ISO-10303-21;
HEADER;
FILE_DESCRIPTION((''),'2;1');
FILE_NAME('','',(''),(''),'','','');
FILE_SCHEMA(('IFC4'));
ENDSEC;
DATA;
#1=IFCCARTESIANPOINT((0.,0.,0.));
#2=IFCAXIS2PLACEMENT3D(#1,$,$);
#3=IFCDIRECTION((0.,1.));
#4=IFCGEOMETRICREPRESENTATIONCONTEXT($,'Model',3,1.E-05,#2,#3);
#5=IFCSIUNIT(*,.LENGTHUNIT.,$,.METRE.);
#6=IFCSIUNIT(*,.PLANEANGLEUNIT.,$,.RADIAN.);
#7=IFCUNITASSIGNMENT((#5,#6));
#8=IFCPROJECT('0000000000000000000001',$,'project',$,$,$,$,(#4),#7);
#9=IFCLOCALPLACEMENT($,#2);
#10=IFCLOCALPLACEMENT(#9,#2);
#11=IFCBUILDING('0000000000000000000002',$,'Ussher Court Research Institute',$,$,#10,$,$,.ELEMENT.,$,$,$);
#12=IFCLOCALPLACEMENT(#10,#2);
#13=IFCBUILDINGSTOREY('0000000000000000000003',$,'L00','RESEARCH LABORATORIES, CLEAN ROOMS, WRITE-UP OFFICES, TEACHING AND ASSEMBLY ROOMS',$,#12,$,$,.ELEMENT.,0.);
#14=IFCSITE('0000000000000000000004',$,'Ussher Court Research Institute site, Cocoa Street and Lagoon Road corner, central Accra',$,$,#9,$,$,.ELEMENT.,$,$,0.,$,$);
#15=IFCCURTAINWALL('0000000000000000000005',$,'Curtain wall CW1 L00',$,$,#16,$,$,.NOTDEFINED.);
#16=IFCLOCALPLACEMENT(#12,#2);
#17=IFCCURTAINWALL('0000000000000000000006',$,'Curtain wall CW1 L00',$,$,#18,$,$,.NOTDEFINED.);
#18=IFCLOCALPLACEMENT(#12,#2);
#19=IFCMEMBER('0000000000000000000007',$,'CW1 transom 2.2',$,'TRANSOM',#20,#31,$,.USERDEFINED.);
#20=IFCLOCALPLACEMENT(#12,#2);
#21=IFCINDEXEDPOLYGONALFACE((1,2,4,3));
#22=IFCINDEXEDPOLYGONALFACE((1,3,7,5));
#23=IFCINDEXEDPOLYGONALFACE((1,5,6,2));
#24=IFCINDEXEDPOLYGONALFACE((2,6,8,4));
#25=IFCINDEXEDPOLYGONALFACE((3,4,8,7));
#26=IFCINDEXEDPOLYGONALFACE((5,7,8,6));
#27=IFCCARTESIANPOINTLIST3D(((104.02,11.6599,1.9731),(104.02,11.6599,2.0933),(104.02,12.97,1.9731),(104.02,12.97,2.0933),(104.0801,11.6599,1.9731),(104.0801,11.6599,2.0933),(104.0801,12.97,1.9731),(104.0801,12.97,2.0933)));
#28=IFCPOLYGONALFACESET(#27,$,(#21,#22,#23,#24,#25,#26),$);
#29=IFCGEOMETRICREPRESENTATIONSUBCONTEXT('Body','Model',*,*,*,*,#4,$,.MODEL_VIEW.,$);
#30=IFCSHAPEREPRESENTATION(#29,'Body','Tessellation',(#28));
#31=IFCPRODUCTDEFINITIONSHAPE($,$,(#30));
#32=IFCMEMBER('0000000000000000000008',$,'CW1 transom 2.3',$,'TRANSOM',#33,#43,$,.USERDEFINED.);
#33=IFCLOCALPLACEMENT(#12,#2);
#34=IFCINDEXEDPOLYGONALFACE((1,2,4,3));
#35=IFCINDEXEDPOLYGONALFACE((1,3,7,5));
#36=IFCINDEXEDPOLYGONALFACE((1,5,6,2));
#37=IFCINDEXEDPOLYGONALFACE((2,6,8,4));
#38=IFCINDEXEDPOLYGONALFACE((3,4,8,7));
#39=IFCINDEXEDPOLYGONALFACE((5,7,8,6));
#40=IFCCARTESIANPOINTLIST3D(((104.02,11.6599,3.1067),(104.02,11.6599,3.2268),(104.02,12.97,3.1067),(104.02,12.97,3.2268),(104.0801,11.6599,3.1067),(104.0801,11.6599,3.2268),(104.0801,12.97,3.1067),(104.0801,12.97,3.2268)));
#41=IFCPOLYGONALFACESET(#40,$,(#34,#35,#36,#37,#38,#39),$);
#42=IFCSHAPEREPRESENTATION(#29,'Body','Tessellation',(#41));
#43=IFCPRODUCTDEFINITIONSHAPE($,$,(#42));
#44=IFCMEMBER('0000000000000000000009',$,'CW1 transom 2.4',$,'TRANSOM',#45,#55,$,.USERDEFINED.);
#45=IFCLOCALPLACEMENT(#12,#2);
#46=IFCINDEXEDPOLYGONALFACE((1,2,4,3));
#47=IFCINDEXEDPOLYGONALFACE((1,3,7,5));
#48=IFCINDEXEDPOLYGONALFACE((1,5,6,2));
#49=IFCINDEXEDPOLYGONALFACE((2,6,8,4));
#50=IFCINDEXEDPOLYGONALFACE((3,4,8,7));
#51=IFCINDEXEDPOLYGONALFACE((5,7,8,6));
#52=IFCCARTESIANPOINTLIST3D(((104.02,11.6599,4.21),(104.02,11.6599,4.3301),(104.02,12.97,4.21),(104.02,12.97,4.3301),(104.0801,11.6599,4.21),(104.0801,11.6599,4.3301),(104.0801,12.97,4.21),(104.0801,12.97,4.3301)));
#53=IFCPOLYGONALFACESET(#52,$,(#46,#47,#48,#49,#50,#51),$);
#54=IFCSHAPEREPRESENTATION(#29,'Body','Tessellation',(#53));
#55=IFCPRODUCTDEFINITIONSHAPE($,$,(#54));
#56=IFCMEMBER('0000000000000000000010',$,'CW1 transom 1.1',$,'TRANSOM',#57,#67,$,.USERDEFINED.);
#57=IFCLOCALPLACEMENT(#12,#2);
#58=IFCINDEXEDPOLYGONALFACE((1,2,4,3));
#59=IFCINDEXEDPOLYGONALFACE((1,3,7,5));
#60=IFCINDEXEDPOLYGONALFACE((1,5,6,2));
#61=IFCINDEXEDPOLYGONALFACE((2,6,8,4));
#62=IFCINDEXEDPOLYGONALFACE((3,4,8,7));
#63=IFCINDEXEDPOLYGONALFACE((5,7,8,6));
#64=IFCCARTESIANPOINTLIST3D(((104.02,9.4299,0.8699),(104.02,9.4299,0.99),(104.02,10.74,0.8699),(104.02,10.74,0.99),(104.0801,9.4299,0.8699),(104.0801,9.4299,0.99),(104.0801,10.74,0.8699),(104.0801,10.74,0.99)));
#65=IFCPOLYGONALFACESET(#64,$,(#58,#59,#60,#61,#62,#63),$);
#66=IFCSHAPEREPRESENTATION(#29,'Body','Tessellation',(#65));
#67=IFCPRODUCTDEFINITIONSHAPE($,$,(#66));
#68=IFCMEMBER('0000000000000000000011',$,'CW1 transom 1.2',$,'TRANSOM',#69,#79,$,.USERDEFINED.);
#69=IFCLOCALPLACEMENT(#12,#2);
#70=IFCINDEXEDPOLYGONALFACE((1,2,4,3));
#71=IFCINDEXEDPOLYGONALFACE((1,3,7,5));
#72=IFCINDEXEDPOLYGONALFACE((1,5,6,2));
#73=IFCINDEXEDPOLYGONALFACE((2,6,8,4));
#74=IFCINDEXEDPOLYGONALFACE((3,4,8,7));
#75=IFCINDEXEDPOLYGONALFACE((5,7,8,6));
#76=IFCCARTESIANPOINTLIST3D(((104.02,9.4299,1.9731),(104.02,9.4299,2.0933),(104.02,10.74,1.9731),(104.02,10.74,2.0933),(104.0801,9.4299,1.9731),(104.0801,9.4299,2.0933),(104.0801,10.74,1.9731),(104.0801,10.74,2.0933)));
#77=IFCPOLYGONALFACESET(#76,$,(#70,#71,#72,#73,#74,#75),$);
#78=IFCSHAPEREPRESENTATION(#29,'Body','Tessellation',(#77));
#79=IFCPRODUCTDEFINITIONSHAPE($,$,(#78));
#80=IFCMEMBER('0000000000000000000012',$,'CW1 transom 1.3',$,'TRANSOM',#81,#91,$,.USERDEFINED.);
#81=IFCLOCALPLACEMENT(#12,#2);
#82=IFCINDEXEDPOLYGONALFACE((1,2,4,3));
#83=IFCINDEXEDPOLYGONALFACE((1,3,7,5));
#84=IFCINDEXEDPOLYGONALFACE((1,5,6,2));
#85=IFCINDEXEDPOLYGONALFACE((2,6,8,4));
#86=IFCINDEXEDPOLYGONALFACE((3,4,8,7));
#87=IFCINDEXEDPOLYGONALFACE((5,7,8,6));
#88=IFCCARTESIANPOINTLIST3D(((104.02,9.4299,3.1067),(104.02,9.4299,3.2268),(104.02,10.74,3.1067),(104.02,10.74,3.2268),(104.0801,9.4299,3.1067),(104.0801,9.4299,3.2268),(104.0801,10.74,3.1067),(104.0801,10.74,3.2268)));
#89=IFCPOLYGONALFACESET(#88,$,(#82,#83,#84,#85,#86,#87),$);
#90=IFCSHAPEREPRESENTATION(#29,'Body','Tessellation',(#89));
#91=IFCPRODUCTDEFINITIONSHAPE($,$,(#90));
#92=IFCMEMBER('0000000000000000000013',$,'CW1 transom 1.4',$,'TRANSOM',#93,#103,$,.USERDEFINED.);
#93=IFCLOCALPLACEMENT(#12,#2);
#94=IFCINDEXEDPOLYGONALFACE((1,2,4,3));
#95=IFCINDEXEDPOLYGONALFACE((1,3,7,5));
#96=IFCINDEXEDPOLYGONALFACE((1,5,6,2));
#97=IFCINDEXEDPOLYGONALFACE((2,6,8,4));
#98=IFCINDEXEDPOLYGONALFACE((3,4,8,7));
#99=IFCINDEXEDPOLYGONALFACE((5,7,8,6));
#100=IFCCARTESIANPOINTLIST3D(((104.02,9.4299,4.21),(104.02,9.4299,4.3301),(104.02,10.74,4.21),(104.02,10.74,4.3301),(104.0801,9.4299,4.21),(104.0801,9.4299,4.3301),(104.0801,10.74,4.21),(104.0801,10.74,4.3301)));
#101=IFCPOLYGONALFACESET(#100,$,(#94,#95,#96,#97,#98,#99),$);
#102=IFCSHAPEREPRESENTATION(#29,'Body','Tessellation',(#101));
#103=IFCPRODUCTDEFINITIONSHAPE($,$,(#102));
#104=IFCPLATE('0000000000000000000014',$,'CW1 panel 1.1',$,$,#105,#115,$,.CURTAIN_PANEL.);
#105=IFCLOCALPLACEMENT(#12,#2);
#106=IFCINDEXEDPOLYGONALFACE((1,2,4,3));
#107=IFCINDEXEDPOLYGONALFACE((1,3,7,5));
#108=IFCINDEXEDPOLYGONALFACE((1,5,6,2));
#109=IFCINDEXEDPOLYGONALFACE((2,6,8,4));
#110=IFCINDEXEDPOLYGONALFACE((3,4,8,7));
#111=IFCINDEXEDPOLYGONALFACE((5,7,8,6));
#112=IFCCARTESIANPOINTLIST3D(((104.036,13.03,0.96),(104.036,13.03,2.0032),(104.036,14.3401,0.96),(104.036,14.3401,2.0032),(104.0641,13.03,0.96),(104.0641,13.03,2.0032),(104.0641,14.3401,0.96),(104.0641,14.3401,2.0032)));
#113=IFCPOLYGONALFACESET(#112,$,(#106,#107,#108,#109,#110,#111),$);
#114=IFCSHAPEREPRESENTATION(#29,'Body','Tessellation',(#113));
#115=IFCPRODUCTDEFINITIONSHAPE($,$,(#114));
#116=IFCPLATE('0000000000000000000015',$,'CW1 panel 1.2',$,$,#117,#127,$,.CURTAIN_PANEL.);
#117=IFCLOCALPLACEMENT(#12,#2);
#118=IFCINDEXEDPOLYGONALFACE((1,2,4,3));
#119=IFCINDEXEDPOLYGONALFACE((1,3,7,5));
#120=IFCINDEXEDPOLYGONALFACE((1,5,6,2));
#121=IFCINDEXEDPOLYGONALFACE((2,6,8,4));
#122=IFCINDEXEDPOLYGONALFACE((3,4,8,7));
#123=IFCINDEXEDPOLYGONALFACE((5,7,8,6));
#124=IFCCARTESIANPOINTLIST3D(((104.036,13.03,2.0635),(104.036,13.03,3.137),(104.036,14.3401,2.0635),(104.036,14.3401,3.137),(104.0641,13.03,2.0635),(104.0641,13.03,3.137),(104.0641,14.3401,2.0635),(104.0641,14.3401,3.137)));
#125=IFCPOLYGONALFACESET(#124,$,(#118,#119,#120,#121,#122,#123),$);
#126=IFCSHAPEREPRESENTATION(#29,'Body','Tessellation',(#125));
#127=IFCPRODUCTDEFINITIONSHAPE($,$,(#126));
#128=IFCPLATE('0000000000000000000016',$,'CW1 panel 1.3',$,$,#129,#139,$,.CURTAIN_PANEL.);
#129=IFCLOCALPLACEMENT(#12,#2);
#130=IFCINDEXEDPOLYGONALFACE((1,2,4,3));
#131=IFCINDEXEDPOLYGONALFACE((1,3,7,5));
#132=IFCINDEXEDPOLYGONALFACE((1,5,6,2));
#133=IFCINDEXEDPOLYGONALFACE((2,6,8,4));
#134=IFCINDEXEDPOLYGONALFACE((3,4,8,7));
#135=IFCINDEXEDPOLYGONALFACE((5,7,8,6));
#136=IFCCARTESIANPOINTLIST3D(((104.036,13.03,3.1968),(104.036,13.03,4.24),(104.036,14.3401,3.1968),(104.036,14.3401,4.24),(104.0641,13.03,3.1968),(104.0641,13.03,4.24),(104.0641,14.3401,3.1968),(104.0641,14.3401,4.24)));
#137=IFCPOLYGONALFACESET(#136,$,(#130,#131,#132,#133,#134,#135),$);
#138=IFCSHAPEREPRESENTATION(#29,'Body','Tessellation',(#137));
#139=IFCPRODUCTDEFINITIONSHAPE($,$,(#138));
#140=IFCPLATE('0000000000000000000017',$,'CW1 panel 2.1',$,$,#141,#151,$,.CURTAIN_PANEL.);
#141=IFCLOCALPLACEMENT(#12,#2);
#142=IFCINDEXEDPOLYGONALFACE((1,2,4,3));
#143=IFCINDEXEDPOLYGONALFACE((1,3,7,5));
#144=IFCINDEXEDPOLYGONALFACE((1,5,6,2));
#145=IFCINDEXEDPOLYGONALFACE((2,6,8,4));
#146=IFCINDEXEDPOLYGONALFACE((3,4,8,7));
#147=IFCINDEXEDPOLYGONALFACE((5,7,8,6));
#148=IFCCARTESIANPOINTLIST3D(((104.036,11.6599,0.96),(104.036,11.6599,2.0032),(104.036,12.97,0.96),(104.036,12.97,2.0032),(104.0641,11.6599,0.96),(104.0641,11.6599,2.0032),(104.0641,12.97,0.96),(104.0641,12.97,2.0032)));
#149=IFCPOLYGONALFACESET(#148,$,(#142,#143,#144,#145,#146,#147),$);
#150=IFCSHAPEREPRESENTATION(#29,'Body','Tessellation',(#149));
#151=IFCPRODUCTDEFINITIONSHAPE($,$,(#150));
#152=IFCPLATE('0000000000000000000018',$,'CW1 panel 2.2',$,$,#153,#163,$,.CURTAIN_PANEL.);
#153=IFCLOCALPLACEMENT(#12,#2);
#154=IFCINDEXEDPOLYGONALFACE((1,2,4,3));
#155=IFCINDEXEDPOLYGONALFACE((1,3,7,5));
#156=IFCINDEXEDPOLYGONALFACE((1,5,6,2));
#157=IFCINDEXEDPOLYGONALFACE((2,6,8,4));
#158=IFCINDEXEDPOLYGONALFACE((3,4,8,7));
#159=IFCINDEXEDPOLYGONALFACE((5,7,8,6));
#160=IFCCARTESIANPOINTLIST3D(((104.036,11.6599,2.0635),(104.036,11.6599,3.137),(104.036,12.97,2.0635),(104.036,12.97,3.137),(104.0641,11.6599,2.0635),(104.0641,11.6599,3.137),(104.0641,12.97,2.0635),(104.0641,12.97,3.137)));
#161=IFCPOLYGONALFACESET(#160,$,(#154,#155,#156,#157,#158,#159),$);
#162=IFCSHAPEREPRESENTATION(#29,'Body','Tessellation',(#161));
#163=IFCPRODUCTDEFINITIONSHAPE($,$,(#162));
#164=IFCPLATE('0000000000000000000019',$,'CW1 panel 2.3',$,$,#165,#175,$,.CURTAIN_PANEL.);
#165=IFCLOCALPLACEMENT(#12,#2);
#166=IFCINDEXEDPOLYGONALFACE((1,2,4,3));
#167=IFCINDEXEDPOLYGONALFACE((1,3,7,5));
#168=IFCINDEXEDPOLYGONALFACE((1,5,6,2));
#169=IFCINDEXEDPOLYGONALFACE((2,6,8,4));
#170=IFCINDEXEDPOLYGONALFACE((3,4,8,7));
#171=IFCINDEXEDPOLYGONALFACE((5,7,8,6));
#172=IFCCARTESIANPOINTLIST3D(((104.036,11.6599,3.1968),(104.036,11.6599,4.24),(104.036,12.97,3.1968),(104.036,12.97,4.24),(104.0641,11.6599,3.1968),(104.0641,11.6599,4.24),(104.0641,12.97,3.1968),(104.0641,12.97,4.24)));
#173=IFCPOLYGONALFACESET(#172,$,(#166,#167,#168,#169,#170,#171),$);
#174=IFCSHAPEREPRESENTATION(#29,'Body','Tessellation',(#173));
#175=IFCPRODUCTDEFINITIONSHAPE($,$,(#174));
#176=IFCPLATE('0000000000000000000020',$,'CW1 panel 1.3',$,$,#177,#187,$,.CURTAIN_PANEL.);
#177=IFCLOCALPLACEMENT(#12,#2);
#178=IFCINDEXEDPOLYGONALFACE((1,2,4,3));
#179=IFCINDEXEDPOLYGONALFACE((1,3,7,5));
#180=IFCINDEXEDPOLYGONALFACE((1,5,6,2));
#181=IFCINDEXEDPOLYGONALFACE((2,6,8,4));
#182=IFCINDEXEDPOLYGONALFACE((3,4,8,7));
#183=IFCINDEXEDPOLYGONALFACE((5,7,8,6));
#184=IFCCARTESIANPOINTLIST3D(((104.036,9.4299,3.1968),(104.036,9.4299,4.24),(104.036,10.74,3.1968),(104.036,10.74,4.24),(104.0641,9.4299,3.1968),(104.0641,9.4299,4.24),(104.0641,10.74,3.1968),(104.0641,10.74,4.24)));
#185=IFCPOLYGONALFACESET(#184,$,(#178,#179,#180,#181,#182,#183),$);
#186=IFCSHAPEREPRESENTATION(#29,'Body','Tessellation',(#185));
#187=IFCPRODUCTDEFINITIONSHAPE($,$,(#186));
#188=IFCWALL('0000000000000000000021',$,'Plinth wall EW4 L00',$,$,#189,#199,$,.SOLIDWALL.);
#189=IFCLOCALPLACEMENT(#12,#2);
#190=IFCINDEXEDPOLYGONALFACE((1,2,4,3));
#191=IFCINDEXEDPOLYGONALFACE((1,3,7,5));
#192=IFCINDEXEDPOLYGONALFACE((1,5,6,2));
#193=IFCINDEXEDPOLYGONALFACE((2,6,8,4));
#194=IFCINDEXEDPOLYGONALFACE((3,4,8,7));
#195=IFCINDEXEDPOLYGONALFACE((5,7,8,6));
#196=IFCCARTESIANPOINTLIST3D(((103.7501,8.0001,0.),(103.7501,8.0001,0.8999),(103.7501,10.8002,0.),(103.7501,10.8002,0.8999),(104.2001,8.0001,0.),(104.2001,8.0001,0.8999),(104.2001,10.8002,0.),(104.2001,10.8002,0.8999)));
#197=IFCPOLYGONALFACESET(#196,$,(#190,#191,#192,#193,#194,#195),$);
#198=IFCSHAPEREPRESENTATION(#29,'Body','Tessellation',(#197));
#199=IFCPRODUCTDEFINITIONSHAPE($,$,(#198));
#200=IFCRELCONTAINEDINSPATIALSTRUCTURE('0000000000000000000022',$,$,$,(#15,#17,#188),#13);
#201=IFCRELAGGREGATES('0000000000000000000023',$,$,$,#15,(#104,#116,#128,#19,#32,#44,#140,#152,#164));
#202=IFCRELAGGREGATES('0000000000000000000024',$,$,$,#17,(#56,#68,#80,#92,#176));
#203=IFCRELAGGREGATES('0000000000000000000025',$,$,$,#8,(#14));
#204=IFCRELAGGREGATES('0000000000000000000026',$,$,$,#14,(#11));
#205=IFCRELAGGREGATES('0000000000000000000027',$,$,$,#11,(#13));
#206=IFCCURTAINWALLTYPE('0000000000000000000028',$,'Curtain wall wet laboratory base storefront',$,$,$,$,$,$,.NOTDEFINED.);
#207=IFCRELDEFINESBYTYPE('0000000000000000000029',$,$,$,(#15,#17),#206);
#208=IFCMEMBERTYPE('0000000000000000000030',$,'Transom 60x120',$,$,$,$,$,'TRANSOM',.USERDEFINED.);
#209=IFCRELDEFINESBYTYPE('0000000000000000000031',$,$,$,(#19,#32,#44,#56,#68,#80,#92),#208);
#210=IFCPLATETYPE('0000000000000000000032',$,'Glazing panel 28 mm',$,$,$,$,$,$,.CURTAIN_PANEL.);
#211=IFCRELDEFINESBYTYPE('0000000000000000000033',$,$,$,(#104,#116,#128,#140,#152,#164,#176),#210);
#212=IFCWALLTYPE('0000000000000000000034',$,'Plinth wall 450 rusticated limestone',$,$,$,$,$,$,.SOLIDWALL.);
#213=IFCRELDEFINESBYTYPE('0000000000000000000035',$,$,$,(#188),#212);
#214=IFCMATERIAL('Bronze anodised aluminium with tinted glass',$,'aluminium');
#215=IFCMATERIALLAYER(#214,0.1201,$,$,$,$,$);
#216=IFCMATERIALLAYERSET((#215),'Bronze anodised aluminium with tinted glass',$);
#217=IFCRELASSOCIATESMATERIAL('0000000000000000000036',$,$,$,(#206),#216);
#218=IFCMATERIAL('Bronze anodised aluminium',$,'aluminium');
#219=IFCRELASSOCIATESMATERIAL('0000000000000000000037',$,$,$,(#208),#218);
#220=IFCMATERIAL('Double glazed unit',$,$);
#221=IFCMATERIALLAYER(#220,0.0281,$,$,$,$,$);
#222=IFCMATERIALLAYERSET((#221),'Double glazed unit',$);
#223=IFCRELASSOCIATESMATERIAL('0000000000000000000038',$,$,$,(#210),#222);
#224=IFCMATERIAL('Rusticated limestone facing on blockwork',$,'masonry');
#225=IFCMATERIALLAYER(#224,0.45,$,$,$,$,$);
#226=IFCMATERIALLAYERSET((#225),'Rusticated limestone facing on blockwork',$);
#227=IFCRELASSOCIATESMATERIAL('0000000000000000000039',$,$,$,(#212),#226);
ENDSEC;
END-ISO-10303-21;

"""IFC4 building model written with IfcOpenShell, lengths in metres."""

from ifc_helpers import new_model, si_unit, direction, frame, frame_2d, origin, origin_2d, place, context, subcontext, project, spatial, rectangle, extrude, material, layer, layer_set, material_profile, profile_set, type_object, element, aggregate, save


model = new_model("IFC4")

# Units and contexts
model_context = context("Model", 3, precision=1e-05, world=origin(), true_north=direction((0.0, 1.0)))
body_context = subcontext(model_context, "Body", "Model", "MODEL_VIEW")
ifc_project = project(units=[si_unit("LENGTHUNIT", "METRE"), si_unit("PLANEANGLEUNIT", "RADIAN")], contexts=[model_context])

# Site, building, storey
site_placement = place(None, origin())
site = spatial("IfcSite", under=ifc_project, at=site_placement, Name="Ussher Court Research Institute site, Cocoa Street and Lagoon Road corner, central Accra", CompositionType="ELEMENT", RefElevation=0.0)
building_placement = place(site_placement, origin())
building = spatial("IfcBuilding", under=site, at=building_placement, Name="Ussher Court Research Institute", CompositionType="ELEMENT")
storey_placement = place(building_placement, origin())
storey = spatial("IfcBuildingStorey", under=building, at=storey_placement, Name="L00", Description="RESEARCH LABORATORIES, CLEAN ROOMS, WRITE-UP OFFICES, TEACHING AND ASSEMBLY ROOMS", CompositionType="ELEMENT", Elevation=0.0)

# Curtain wall
ifc_material_1 = material(Name="Bronze anodised aluminium with tinted glass", Category="aluminium")
ifc_layer_1 = layer(ifc_material_1, 0.1201)
ifc_layer_set_1 = layer_set([ifc_layer_1], Name="Bronze anodised aluminium with tinted glass")
curtain_wall_type = type_object("IfcCurtainWallType", Name="Curtain wall wet laboratory base storefront", PredefinedType="NOTDEFINED", material=ifc_layer_set_1)
curtain_wall_1_placement = place(storey_placement, origin())
curtain_wall_1 = element("IfcCurtainWall", 1, at=curtain_wall_1_placement, inside=storey, type_object=curtain_wall_type, Name="Curtain wall CW1 L00", PredefinedType="NOTDEFINED")

# Curtain wall
curtain_wall_2_placement = place(storey_placement, origin())
curtain_wall_2 = element("IfcCurtainWall", 2, at=curtain_wall_2_placement, inside=storey, type_object=curtain_wall_type, Name="Curtain wall CW1 L00", PredefinedType="NOTDEFINED")

# Members
ifc_material_2 = material(Name="Bronze anodised aluminium", Category="aluminium")
ifc_material_profile_1 = material_profile(ifc_material_2, rectangle(XDim=0.0601, YDim=0.1201, at=origin_2d()), Name="Transom 60x120")
ifc_profile_set_1 = profile_set([ifc_material_profile_1], Name="Bronze anodised aluminium")
member_type_1 = type_object("IfcMemberType", Name="Transom 60x120", ElementType="TRANSOM", PredefinedType="USERDEFINED", material=ifc_profile_set_1)
member_1_placement = place(storey_placement, frame((104.05, 12.97, 2.0332), z_axis=(0.0, -1.0, 0.0), x_axis=(1.0, 0.0, 0.0)))
member_1 = element("IfcMember", 3, at=member_1_placement, type_object=member_type_1, Name="CW1 transom 2.2", ObjectType="TRANSOM", PredefinedType="USERDEFINED", context=body_context, shape_type="SweptSolid", body=[
    extrude(rectangle(XDim=0.0601, YDim=0.1201, at=origin_2d()), origin(), (0.0, 0.0, 1.0), 1.3101),
])
member_2_placement = place(storey_placement, frame((104.05, 12.97, 3.1667), z_axis=(0.0, -1.0, 0.0), x_axis=(1.0, 0.0, 0.0)))
member_2 = element("IfcMember", 4, at=member_2_placement, type_object=member_type_1, Name="CW1 transom 2.3", ObjectType="TRANSOM", PredefinedType="USERDEFINED", context=body_context, shape_type="SweptSolid", body=[
    extrude(rectangle(XDim=0.0601, YDim=0.1201, at=origin_2d()), origin(), (0.0, 0.0, 1.0), 1.3101),
])
member_3_placement = place(storey_placement, frame((104.05, 12.97, 4.27), z_axis=(0.0, -1.0, 0.0), x_axis=(1.0, 0.0, 0.0)))
member_3 = element("IfcMember", 5, at=member_3_placement, type_object=member_type_1, Name="CW1 transom 2.4", ObjectType="TRANSOM", PredefinedType="USERDEFINED", context=body_context, shape_type="SweptSolid", body=[
    extrude(rectangle(XDim=0.0601, YDim=0.1201, at=origin_2d()), origin(), (0.0, 0.0, 1.0), 1.3101),
])
member_4_placement = place(storey_placement, frame((104.05, 10.74, 0.9299), z_axis=(0.0, -1.0, 0.0), x_axis=(1.0, 0.0, 0.0)))
member_4 = element("IfcMember", 6, at=member_4_placement, type_object=member_type_1, Name="CW1 transom 1.1", ObjectType="TRANSOM", PredefinedType="USERDEFINED", context=body_context, shape_type="SweptSolid", body=[
    extrude(rectangle(XDim=0.0601, YDim=0.1201, at=origin_2d()), origin(), (0.0, 0.0, 1.0), 1.3101),
])
member_5_placement = place(storey_placement, frame((104.05, 10.74, 2.0332), z_axis=(0.0, -1.0, 0.0), x_axis=(1.0, 0.0, 0.0)))
member_5 = element("IfcMember", 7, at=member_5_placement, type_object=member_type_1, Name="CW1 transom 1.2", ObjectType="TRANSOM", PredefinedType="USERDEFINED", context=body_context, shape_type="SweptSolid", body=[
    extrude(rectangle(XDim=0.0601, YDim=0.1201, at=origin_2d()), origin(), (0.0, 0.0, 1.0), 1.3101),
])
member_6_placement = place(storey_placement, frame((104.05, 10.74, 3.1667), z_axis=(0.0, -1.0, 0.0), x_axis=(1.0, 0.0, 0.0)))
member_6 = element("IfcMember", 8, at=member_6_placement, type_object=member_type_1, Name="CW1 transom 1.3", ObjectType="TRANSOM", PredefinedType="USERDEFINED", context=body_context, shape_type="SweptSolid", body=[
    extrude(rectangle(XDim=0.0601, YDim=0.1201, at=origin_2d()), origin(), (0.0, 0.0, 1.0), 1.3101),
])
member_7_placement = place(storey_placement, frame((104.05, 10.74, 4.27), z_axis=(0.0, -1.0, 0.0), x_axis=(1.0, 0.0, 0.0)))
member_7 = element("IfcMember", 9, at=member_7_placement, type_object=member_type_1, Name="CW1 transom 1.4", ObjectType="TRANSOM", PredefinedType="USERDEFINED", context=body_context, shape_type="SweptSolid", body=[
    extrude(rectangle(XDim=0.0601, YDim=0.1201, at=origin_2d()), origin(), (0.0, 0.0, 1.0), 1.3101),
])

# Plates
ifc_material_3 = material(Name="Double glazed unit")
ifc_layer_2 = layer(ifc_material_3, 0.0281)
ifc_layer_set_2 = layer_set([ifc_layer_2], Name="Double glazed unit")
plate_type = type_object("IfcPlateType", Name="Glazing panel 28 mm", PredefinedType="CURTAIN_PANEL", material=ifc_layer_set_2)
plate_1_placement = place(storey_placement, frame((104.05, 13.6851, 0.96), z_axis=(0.0, 0.0, 1.0), x_axis=(0.0, -1.0, 0.0)))
plate_1 = element("IfcPlate", 10, at=plate_1_placement, type_object=plate_type, Name="CW1 panel 1.1", PredefinedType="CURTAIN_PANEL", context=body_context, shape_type="SweptSolid", body=[
    extrude(rectangle(XDim=1.3101, YDim=0.0281, at=origin_2d()), origin(), (0.0, 0.0, 1.0), 1.0432),
])
plate_2_placement = place(storey_placement, frame((104.05, 13.6851, 2.0635), z_axis=(0.0, 0.0, 1.0), x_axis=(0.0, -1.0, 0.0)))
plate_2 = element("IfcPlate", 11, at=plate_2_placement, type_object=plate_type, Name="CW1 panel 1.2", PredefinedType="CURTAIN_PANEL", context=body_context, shape_type="SweptSolid", body=[
    extrude(rectangle(XDim=1.3101, YDim=0.0281, at=origin_2d()), origin(), (0.0, 0.0, 1.0), 1.0735),
])
plate_3_placement = place(storey_placement, frame((104.05, 13.6851, 3.1968), z_axis=(0.0, 0.0, 1.0), x_axis=(0.0, -1.0, 0.0)))
plate_3 = element("IfcPlate", 12, at=plate_3_placement, type_object=plate_type, Name="CW1 panel 1.3", PredefinedType="CURTAIN_PANEL", context=body_context, shape_type="SweptSolid", body=[
    extrude(rectangle(XDim=1.3101, YDim=0.0281, at=origin_2d()), origin(), (0.0, 0.0, 1.0), 1.0432),
])
plate_4_placement = place(storey_placement, frame((104.05, 12.3149, 0.96), z_axis=(0.0, 0.0, 1.0), x_axis=(0.0, -1.0, 0.0)))
plate_4 = element("IfcPlate", 13, at=plate_4_placement, type_object=plate_type, Name="CW1 panel 2.1", PredefinedType="CURTAIN_PANEL", context=body_context, shape_type="SweptSolid", body=[
    extrude(rectangle(XDim=1.3101, YDim=0.0281, at=origin_2d()), origin(), (0.0, 0.0, 1.0), 1.0432),
])
plate_5_placement = place(storey_placement, frame((104.05, 12.3149, 2.0635), z_axis=(0.0, 0.0, 1.0), x_axis=(0.0, -1.0, 0.0)))
plate_5 = element("IfcPlate", 14, at=plate_5_placement, type_object=plate_type, Name="CW1 panel 2.2", PredefinedType="CURTAIN_PANEL", context=body_context, shape_type="SweptSolid", body=[
    extrude(rectangle(XDim=1.3101, YDim=0.0281, at=origin_2d()), origin(), (0.0, 0.0, 1.0), 1.0735),
])
plate_6_placement = place(storey_placement, frame((104.05, 12.3149, 3.1968), z_axis=(0.0, 0.0, 1.0), x_axis=(0.0, -1.0, 0.0)))
plate_6 = element("IfcPlate", 15, at=plate_6_placement, type_object=plate_type, Name="CW1 panel 2.3", PredefinedType="CURTAIN_PANEL", context=body_context, shape_type="SweptSolid", body=[
    extrude(rectangle(XDim=1.3101, YDim=0.0281, at=origin_2d()), origin(), (0.0, 0.0, 1.0), 1.0432),
])
aggregate(curtain_wall_1, [plate_1, plate_2, plate_3, member_1, member_2, member_3, plate_4, plate_5, plate_6])
plate_7_placement = place(storey_placement, frame((104.05, 10.085, 3.1968), z_axis=(0.0, 0.0, 1.0), x_axis=(0.0, -1.0, 0.0)))
plate_7 = element("IfcPlate", 16, at=plate_7_placement, type_object=plate_type, Name="CW1 panel 1.3", PredefinedType="CURTAIN_PANEL", context=body_context, shape_type="SweptSolid", body=[
    extrude(rectangle(XDim=1.3101, YDim=0.0281, at=origin_2d()), origin(), (0.0, 0.0, 1.0), 1.0432),
])
aggregate(curtain_wall_2, [member_4, member_5, member_6, member_7, plate_7])

# Wall
ifc_material_4 = material(Name="Rusticated limestone facing on blockwork", Category="masonry")
ifc_layer_3 = layer(ifc_material_4, 0.45)
ifc_layer_set_3 = layer_set([ifc_layer_3], Name="Rusticated limestone facing on blockwork")
wall_type = type_object("IfcWallType", Name="Plinth wall 450 rusticated limestone", PredefinedType="SOLIDWALL", material=ifc_layer_set_3)
wall_placement = place(storey_placement, frame((103.9751, 10.8, 0.0), z_axis=(0.0, 0.0, 1.0), x_axis=(0.0, -1.0, 0.0)))
element("IfcWall", 17, at=wall_placement, inside=storey, type_object=wall_type, Name="Plinth wall EW4 L00", PredefinedType="SOLIDWALL", context=body_context, shape_type="SweptSolid", body=[
    extrude(rectangle(XDim=2.8, YDim=0.45, at=frame_2d((1.3999, 0.0))), origin(), (0.0, 0.0, 1.0), 0.8999),
])

save(model, "model.ifc")
